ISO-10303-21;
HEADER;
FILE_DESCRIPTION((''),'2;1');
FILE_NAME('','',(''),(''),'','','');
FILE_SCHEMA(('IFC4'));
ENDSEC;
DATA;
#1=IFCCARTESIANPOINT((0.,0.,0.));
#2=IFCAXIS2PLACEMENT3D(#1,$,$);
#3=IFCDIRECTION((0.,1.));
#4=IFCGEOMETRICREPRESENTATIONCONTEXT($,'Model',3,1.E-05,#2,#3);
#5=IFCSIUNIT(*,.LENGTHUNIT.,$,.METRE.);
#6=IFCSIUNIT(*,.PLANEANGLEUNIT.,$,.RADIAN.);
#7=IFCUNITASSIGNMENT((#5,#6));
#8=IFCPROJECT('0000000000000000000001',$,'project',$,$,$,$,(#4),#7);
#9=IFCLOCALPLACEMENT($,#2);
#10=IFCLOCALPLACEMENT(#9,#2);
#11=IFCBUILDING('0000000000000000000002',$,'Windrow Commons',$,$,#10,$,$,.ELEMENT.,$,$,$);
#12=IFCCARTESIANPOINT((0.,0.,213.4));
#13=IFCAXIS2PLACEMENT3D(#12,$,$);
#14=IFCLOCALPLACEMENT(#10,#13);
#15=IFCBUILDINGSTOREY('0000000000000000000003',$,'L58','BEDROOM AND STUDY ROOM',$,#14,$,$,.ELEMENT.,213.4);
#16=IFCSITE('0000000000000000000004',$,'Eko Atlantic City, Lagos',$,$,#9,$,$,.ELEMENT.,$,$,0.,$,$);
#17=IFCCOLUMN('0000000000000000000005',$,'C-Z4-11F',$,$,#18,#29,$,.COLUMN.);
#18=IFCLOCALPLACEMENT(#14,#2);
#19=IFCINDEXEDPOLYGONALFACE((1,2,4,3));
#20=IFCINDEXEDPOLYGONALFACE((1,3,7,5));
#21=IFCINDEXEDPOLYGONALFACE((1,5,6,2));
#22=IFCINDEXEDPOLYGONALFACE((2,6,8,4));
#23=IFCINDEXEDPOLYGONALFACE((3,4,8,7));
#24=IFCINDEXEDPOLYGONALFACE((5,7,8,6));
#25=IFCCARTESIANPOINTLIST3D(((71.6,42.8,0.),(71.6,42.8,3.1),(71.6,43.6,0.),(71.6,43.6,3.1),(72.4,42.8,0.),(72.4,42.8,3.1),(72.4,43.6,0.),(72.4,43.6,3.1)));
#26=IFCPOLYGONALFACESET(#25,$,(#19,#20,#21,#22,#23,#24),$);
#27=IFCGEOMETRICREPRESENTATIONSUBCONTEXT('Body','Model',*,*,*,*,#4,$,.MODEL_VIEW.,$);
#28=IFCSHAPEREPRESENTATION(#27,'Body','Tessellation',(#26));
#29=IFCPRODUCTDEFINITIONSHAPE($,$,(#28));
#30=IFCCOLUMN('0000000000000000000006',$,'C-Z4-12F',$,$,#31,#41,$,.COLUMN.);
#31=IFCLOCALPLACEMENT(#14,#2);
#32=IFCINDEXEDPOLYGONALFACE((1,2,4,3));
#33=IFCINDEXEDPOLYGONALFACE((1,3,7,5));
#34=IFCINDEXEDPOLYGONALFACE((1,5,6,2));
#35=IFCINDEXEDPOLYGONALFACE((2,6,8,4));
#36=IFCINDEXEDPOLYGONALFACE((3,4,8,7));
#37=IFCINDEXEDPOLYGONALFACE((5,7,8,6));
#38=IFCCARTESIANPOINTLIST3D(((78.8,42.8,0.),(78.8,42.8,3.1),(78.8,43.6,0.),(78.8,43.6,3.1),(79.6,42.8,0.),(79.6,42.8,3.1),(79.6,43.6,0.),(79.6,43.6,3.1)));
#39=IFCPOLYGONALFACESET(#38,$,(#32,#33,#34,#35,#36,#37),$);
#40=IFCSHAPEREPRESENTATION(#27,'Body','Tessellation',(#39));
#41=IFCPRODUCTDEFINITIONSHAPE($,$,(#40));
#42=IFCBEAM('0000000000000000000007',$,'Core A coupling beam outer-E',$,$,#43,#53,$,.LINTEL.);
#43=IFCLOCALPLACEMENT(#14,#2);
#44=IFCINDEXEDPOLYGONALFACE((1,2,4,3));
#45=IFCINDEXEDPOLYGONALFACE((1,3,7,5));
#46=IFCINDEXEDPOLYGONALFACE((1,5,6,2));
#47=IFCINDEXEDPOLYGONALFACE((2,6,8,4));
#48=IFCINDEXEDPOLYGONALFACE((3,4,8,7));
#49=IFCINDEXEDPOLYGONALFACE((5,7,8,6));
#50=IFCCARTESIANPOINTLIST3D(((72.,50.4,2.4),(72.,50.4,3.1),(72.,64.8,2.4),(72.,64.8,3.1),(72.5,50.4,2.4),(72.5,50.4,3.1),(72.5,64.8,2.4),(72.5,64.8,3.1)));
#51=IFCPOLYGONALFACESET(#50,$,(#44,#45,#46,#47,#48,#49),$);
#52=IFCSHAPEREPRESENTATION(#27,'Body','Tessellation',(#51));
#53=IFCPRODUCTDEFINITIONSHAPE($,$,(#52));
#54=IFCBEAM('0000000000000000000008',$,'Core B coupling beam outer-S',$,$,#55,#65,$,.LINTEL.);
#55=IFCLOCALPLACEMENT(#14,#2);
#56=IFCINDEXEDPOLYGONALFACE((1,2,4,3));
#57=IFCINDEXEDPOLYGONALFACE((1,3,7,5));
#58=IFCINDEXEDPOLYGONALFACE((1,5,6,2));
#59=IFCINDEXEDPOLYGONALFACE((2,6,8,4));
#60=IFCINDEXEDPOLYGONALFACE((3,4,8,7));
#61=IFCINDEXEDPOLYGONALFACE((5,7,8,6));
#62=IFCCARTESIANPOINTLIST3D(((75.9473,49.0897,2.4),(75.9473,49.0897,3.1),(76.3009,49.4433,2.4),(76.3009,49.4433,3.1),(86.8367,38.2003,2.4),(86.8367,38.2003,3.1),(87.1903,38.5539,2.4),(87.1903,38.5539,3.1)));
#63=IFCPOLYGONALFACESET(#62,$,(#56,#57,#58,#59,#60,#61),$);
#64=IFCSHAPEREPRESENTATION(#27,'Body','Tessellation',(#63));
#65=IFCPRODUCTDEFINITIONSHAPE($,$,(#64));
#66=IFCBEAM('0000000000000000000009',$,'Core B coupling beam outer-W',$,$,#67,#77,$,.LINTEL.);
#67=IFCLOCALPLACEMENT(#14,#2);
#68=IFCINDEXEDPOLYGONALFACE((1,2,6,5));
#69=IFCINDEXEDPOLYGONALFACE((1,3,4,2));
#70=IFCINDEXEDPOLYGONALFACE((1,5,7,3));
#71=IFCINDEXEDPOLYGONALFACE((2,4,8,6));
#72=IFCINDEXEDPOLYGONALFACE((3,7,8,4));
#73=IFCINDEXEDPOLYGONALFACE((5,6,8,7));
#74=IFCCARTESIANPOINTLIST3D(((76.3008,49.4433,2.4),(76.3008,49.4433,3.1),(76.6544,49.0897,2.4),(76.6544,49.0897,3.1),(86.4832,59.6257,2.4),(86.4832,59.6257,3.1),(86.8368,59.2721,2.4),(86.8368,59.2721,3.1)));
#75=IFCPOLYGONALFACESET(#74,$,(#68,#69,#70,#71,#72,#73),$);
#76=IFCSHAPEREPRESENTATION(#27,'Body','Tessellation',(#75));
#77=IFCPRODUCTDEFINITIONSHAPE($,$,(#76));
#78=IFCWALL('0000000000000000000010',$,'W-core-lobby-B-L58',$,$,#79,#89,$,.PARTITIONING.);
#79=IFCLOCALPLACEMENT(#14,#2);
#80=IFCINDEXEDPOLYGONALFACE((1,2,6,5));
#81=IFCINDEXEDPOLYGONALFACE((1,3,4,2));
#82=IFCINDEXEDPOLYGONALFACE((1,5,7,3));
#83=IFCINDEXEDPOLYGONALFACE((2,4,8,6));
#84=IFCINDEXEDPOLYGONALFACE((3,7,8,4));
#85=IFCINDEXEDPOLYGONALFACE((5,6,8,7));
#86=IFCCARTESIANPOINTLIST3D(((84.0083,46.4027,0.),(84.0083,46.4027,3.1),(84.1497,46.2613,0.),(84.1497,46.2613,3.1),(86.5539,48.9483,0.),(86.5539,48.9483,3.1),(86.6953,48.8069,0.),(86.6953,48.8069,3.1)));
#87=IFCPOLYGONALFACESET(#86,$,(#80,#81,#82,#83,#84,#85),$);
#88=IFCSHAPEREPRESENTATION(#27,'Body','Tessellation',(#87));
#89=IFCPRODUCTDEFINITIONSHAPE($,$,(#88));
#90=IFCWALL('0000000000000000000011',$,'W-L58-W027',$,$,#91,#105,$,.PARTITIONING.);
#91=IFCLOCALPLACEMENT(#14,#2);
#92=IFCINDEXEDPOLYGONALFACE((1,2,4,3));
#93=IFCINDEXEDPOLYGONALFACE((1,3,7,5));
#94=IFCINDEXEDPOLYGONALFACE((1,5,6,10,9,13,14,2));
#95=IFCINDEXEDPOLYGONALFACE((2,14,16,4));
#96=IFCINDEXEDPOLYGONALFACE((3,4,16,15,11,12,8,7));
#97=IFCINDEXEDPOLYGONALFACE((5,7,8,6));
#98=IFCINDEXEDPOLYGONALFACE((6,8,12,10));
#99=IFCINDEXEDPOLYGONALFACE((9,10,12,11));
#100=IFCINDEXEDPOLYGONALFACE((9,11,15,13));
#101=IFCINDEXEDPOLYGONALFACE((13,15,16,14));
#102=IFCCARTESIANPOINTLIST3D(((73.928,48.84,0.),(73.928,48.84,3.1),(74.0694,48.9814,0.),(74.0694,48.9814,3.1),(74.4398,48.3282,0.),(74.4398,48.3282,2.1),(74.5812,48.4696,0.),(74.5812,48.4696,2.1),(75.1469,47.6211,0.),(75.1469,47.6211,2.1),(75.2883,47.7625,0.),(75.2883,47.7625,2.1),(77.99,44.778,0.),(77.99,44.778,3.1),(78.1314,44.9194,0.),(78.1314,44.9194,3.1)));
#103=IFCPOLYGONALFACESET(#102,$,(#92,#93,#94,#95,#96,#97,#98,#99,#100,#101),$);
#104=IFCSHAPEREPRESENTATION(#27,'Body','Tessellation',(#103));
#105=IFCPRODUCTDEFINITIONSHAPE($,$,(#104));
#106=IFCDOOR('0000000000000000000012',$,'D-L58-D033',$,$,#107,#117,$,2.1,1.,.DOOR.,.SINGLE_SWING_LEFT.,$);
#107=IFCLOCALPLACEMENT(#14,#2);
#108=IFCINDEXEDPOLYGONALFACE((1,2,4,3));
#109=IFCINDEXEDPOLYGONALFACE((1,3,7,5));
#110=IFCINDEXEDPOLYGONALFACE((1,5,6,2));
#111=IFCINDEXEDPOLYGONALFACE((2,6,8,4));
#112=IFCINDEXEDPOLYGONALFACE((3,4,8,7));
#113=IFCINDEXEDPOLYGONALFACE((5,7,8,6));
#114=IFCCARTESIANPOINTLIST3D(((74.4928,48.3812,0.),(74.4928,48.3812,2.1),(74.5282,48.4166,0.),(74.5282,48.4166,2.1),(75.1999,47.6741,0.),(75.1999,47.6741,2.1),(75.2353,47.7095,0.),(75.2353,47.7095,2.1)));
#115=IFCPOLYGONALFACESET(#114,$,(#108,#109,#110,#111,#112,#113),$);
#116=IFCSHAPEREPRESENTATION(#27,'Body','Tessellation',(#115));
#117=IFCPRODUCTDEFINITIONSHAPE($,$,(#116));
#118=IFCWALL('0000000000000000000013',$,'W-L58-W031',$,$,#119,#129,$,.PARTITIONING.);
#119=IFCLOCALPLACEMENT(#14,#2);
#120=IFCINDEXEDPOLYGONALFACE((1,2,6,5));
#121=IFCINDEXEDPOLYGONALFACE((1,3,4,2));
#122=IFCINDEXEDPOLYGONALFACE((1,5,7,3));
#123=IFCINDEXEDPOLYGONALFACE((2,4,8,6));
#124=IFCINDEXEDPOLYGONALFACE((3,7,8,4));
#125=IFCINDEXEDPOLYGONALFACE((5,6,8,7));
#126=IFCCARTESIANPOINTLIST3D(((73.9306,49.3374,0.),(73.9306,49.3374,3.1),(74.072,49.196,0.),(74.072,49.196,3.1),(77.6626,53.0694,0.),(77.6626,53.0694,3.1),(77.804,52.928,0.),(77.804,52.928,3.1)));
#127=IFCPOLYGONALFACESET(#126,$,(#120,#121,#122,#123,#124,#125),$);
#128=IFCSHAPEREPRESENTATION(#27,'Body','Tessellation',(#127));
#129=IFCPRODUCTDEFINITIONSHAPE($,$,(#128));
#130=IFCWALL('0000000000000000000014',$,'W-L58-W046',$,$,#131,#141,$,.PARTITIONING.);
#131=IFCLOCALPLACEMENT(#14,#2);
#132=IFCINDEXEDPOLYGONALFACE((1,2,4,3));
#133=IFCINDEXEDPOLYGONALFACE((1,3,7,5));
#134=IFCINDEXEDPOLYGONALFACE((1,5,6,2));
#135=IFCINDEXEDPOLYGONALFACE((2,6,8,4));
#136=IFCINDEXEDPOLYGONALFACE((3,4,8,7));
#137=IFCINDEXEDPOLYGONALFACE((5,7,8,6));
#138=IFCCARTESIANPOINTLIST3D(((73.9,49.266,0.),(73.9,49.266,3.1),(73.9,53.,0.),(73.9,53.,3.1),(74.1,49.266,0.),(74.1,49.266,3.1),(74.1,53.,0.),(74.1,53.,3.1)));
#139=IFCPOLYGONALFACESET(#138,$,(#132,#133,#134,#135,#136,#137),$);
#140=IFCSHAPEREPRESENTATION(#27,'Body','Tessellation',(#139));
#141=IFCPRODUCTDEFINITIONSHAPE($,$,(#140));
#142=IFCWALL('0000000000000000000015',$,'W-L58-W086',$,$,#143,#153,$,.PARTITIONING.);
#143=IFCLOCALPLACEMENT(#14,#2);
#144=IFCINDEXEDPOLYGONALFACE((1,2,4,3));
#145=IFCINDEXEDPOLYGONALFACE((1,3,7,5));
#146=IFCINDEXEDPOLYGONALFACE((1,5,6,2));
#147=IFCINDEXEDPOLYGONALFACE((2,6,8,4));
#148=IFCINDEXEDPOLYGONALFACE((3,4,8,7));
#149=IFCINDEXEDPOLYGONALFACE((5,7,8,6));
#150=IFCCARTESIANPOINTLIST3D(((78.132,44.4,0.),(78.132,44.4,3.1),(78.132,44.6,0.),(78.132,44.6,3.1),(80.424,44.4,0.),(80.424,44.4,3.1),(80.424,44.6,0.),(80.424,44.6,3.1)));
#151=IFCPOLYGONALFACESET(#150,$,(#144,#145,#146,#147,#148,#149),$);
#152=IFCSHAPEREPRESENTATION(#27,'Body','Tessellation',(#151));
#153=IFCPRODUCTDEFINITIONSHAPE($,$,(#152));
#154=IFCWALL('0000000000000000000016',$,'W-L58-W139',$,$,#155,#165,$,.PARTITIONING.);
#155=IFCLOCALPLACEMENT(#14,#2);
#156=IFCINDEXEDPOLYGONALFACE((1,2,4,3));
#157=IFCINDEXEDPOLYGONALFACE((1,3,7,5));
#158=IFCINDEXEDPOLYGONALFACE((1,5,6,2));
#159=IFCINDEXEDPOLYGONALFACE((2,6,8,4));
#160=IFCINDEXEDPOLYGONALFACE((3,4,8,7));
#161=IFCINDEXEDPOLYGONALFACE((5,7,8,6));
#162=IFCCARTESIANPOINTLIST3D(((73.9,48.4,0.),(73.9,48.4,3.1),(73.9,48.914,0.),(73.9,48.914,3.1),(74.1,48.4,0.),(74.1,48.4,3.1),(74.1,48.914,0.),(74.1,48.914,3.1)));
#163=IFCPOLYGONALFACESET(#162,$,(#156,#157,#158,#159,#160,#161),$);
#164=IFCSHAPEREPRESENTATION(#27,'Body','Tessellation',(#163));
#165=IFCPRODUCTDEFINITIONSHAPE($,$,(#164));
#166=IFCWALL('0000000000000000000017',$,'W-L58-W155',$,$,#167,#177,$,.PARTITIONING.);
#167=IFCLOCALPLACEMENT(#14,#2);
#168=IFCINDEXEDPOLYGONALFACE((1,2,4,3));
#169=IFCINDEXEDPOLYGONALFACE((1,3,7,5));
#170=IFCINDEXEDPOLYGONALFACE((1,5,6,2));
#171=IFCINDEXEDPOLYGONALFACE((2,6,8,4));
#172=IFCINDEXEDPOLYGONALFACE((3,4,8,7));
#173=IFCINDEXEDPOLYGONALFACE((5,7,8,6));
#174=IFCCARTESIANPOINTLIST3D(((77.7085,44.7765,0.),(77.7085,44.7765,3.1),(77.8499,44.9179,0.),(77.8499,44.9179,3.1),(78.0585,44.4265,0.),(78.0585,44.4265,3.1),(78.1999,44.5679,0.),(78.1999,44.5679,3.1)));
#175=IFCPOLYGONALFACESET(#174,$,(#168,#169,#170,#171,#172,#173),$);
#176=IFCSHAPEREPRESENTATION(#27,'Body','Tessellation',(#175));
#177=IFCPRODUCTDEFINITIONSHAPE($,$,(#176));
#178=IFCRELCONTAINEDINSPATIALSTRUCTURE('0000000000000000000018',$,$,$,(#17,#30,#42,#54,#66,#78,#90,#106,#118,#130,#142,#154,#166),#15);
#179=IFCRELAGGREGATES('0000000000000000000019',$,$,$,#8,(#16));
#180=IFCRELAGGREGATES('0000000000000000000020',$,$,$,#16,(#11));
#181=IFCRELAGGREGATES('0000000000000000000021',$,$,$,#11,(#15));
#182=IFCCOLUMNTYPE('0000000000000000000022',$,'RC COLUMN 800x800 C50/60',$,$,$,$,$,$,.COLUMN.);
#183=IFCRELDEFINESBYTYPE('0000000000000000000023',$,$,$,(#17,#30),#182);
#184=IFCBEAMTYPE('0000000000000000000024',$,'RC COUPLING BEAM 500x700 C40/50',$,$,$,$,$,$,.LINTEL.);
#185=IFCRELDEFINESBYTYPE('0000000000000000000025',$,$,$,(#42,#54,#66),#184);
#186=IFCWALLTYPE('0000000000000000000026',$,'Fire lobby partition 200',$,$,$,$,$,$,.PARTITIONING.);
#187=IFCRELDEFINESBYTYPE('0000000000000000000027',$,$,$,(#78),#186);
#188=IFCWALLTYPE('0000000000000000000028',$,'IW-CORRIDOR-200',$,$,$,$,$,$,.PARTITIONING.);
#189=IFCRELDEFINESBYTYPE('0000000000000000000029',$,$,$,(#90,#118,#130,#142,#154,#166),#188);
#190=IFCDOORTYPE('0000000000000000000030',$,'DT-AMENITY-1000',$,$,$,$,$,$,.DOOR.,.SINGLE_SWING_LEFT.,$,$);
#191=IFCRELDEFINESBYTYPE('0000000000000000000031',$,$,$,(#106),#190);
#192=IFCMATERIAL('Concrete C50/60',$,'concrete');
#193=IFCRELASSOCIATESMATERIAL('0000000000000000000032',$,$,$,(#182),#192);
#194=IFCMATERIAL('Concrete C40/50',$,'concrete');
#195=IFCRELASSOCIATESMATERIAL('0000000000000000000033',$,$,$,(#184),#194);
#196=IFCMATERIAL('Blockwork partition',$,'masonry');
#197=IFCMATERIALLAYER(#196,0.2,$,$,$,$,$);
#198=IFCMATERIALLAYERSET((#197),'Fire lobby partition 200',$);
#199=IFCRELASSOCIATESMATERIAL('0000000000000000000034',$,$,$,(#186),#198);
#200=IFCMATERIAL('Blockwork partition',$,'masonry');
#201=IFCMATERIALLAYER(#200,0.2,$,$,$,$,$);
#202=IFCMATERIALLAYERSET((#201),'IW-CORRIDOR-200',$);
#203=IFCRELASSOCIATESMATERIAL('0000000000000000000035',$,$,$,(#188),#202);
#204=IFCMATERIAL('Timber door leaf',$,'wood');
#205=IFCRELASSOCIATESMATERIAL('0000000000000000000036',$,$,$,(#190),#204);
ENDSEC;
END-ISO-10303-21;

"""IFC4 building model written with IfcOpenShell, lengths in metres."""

from ifc_helpers import new_model, si_unit, direction, frame, frame_2d, origin, origin_2d, place, context, subcontext, project, spatial, rectangle, extrude, material, layer, layer_set, material_profile, profile_set, type_object, element, fill, save


model = new_model("IFC4")

# Units and contexts
model_context = context("Model", 3, precision=1e-05, world=origin(), true_north=direction((0.0, 1.0)))
body_context = subcontext(model_context, "Body", "Model", "MODEL_VIEW")
ifc_project = project(units=[si_unit("LENGTHUNIT", "METRE"), si_unit("PLANEANGLEUNIT", "RADIAN")], contexts=[model_context])

# Site, building, storey
site_placement = place(None, origin())
site = spatial("IfcSite", under=ifc_project, at=site_placement, Name="Eko Atlantic City, Lagos", CompositionType="ELEMENT", RefElevation=0.0)
building_placement = place(site_placement, origin())
building = spatial("IfcBuilding", under=site, at=building_placement, Name="Windrow Commons", CompositionType="ELEMENT")
storey_placement = place(building_placement, frame((0.0, 0.0, 213.4)))
storey = spatial("IfcBuildingStorey", under=building, at=storey_placement, Name="L58", Description="BEDROOM AND STUDY ROOM", CompositionType="ELEMENT", Elevation=213.4)

# Columns
ifc_material_1 = material(Name="Concrete C50/60", Category="concrete")
ifc_material_profile_1 = material_profile(ifc_material_1, rectangle(XDim=0.8, YDim=0.8, at=origin_2d()))
ifc_profile_set_1 = profile_set([ifc_material_profile_1], Name="Concrete C50/60")
column_type = type_object("IfcColumnType", Name="RC COLUMN 800x800 C50/60", PredefinedType="COLUMN", material=ifc_profile_set_1)
for number, where, z_axis, x_axis, name in (
    (1, (72.0, 43.2, 0.0), (0.0, 0.0, 1.0), (1.0, 0.0, 0.0), "C-Z4-11F"),
    (2, (79.2, 43.2, 0.0), (0.0, 0.0, 1.0), (1.0, 0.0, 0.0), "C-Z4-12F"),
):
    element("IfcColumn", number, at=place(storey_placement, frame(where, z_axis=z_axis, x_axis=x_axis)), inside=storey, type_object=column_type, Name=name, PredefinedType="COLUMN", context=body_context, shape_type="SweptSolid", body=[
        extrude(rectangle(XDim=0.8, YDim=0.8, at=origin_2d()), origin(), (0.0, 0.0, 1.0), 3.1),
    ])

# Beams
ifc_material_2 = material(Name="Concrete C40/50", Category="concrete")
ifc_material_profile_2 = material_profile(ifc_material_2, rectangle(XDim=0.5, YDim=0.7, at=origin_2d()))
ifc_profile_set_2 = profile_set([ifc_material_profile_2], Name="Concrete C40/50")
beam_type = type_object("IfcBeamType", Name="RC COUPLING BEAM 500x700 C40/50", PredefinedType="LINTEL", material=ifc_profile_set_2)
beam_1_placement = place(storey_placement, frame((72.25, 50.4, 2.75), z_axis=(0.0, 1.0, 0.0), x_axis=(-1.0, 0.0, 0.0)))
element("IfcBeam", 3, at=beam_1_placement, inside=storey, type_object=beam_type, Name="Core A coupling beam outer-E", PredefinedType="LINTEL", context=body_context, shape_type="SweptSolid", body=[
    extrude(rectangle(XDim=0.5, YDim=0.7, at=origin_2d()), origin(), (0.0, 0.0, 1.0), 14.4),
])
beam_2_placement = place(storey_placement, frame((76.1241, 49.2665, 2.75), z_axis=(0.707107, -0.707107, 0.0), x_axis=(0.707107, 0.707107, 0.0)))
element("IfcBeam", 4, at=beam_2_placement, inside=storey, type_object=beam_type, Name="Core B coupling beam outer-S", PredefinedType="LINTEL", context=body_context, shape_type="SweptSolid", body=[
    extrude(rectangle(XDim=0.5, YDim=0.7, at=origin_2d()), origin(), (0.0, 0.0, 1.0), 15.3999),
])
beam_3_placement = place(storey_placement, frame((76.4776, 49.2665, 2.75), z_axis=(0.707107, 0.707107, 0.0), x_axis=(-0.707107, 0.707107, 0.0)))
element("IfcBeam", 5, at=beam_3_placement, inside=storey, type_object=beam_type, Name="Core B coupling beam outer-W", PredefinedType="LINTEL", context=body_context, shape_type="SweptSolid", body=[
    extrude(rectangle(XDim=0.5, YDim=0.7, at=origin_2d()), origin(), (0.0, 0.0, 1.0), 14.4001),
])

# Wall
ifc_material_3 = material(Name="Blockwork partition", Category="masonry")
ifc_layer_1 = layer(ifc_material_3, 0.2)
ifc_layer_set_1 = layer_set([ifc_layer_1], Name="Fire lobby partition 200")
wall_type_1 = type_object("IfcWallType", Name="Fire lobby partition 200", PredefinedType="PARTITIONING", material=ifc_layer_set_1)
wall_1_placement = place(storey_placement, frame((84.079, 46.332, 0.0), z_axis=(0.0, 0.0, 1.0), x_axis=(0.707107, 0.707107, 0.0)))
element("IfcWall", 6, at=wall_1_placement, inside=storey, type_object=wall_type_1, Name="W-core-lobby-B-L58", PredefinedType="PARTITIONING", context=body_context, shape_type="SweptSolid", body=[
    extrude(rectangle(XDim=3.6, YDim=0.2, at=frame_2d((1.8, 0.0))), origin(), (0.0, 0.0, 1.0), 3.1),
])

# Wall, opening, door
ifc_material_4 = material(Name="Blockwork partition", Category="masonry")
ifc_layer_2 = layer(ifc_material_4, 0.2)
ifc_layer_set_2 = layer_set([ifc_layer_2], Name="IW-CORRIDOR-200")
wall_type_2 = type_object("IfcWallType", Name="IW-CORRIDOR-200", PredefinedType="PARTITIONING", material=ifc_layer_set_2)
wall_2_placement = place(storey_placement, frame((73.9987, 48.9107, 0.0), z_axis=(0.0, 0.0, 1.0), x_axis=(0.707107, -0.707107, 0.0)))
wall_2 = element("IfcWall", 7, at=wall_2_placement, inside=storey, type_object=wall_type_2, Name="W-L58-W027", PredefinedType="PARTITIONING", context=body_context, shape_type="SweptSolid", body=[
    extrude(rectangle(XDim=5.7445, YDim=0.2, at=frame_2d((2.8723, 0.0))), origin(), (0.0, 0.0, 1.0), 3.1),
])
opening_1_placement = place(wall_2_placement, frame((0.7238, 0.0, 0.0)))
opening_1 = element("IfcOpeningElement", 8, at=opening_1_placement, cuts=wall_2, PredefinedType="OPENING", context=body_context, shape_type="SweptSolid", body=[
    extrude(rectangle(XDim=1.0, YDim=2.1, at=frame_2d((0.5, 1.05))), frame((0.0, 0.11, 0.0), z_axis=(0.0, -1.0, 0.0), x_axis=(1.0, 0.0, 0.0)), (0.0, 0.0, 1.0), 0.22),
])
ifc_material_5 = material(Name="Timber door leaf", Category="wood")
door_type_1 = type_object("IfcDoorType", Name="DT-AMENITY-1000", OperationType="SINGLE_SWING_LEFT", PredefinedType="DOOR", material=ifc_material_5)
door_1_placement = place(opening_1_placement, origin())
door_1 = element("IfcDoor", 9, at=door_1_placement, inside=storey, type_object=door_type_1, Name="D-L58-D033", OperationType="SINGLE_SWING_LEFT", OverallHeight=2.1, OverallWidth=1.0, PredefinedType="DOOR", context=body_context, shape_type="SweptSolid", body=[
    extrude(rectangle(XDim=1.0, YDim=2.1, at=frame_2d((0.5, 1.05))), frame((0.0, 0.025, 0.0), z_axis=(0.0, -1.0, 0.0), x_axis=(1.0, 0.0, 0.0)), (0.0, 0.0, 1.0), 0.05),
])
fill(opening_1, door_1)

# Walls
wall_3_placement = place(storey_placement, frame((74.0013, 49.2667, 0.0), z_axis=(0.0, 0.0, 1.0), x_axis=(0.707107, 0.707107, 0.0)))
element("IfcWall", 10, at=wall_3_placement, inside=storey, type_object=wall_type_2, Name="W-L58-W031", PredefinedType="PARTITIONING", context=body_context, shape_type="SweptSolid", body=[
    extrude(rectangle(XDim=5.2778, YDim=0.2, at=frame_2d((2.6389, 0.0))), origin(), (0.0, 0.0, 1.0), 3.1),
])
wall_4_placement = place(storey_placement, frame((74.0, 49.266, 0.0), z_axis=(0.0, 0.0, 1.0), x_axis=(0.0, 1.0, 0.0)))
element("IfcWall", 11, at=wall_4_placement, inside=storey, type_object=wall_type_2, Name="W-L58-W046", PredefinedType="PARTITIONING", context=body_context, shape_type="SweptSolid", body=[
    extrude(rectangle(XDim=3.734, YDim=0.2, at=frame_2d((1.867, 0.0))), origin(), (0.0, 0.0, 1.0), 3.1),
])
wall_5_placement = place(storey_placement, frame((78.132, 44.5, 0.0), z_axis=(0.0, 0.0, 1.0), x_axis=(1.0, 0.0, 0.0)))
element("IfcWall", 12, at=wall_5_placement, inside=storey, type_object=wall_type_2, Name="W-L58-W086", PredefinedType="PARTITIONING", context=body_context, shape_type="SweptSolid", body=[
    extrude(rectangle(XDim=2.292, YDim=0.2, at=frame_2d((1.146, 0.0))), origin(), (0.0, 0.0, 1.0), 3.1),
])
wall_6_placement = place(storey_placement, frame((74.0, 48.4, 0.0), z_axis=(0.0, 0.0, 1.0), x_axis=(0.0, 1.0, 0.0)))
element("IfcWall", 13, at=wall_6_placement, inside=storey, type_object=wall_type_2, Name="W-L58-W139", PredefinedType="PARTITIONING", context=body_context, shape_type="SweptSolid", body=[
    extrude(rectangle(XDim=0.514, YDim=0.2, at=frame_2d((0.257, 0.0))), origin(), (0.0, 0.0, 1.0), 3.1),
])
wall_7_placement = place(storey_placement, frame((77.7792, 44.8472, 0.0), z_axis=(0.0, 0.0, 1.0), x_axis=(0.707107, -0.707107, 0.0)))
element("IfcWall", 14, at=wall_7_placement, inside=storey, type_object=wall_type_2, Name="W-L58-W155", PredefinedType="PARTITIONING", context=body_context, shape_type="SweptSolid", body=[
    extrude(rectangle(XDim=0.495, YDim=0.2, at=frame_2d((0.2475, 0.0))), origin(), (0.0, 0.0, 1.0), 3.1),
])

save(model, "model.ifc")
